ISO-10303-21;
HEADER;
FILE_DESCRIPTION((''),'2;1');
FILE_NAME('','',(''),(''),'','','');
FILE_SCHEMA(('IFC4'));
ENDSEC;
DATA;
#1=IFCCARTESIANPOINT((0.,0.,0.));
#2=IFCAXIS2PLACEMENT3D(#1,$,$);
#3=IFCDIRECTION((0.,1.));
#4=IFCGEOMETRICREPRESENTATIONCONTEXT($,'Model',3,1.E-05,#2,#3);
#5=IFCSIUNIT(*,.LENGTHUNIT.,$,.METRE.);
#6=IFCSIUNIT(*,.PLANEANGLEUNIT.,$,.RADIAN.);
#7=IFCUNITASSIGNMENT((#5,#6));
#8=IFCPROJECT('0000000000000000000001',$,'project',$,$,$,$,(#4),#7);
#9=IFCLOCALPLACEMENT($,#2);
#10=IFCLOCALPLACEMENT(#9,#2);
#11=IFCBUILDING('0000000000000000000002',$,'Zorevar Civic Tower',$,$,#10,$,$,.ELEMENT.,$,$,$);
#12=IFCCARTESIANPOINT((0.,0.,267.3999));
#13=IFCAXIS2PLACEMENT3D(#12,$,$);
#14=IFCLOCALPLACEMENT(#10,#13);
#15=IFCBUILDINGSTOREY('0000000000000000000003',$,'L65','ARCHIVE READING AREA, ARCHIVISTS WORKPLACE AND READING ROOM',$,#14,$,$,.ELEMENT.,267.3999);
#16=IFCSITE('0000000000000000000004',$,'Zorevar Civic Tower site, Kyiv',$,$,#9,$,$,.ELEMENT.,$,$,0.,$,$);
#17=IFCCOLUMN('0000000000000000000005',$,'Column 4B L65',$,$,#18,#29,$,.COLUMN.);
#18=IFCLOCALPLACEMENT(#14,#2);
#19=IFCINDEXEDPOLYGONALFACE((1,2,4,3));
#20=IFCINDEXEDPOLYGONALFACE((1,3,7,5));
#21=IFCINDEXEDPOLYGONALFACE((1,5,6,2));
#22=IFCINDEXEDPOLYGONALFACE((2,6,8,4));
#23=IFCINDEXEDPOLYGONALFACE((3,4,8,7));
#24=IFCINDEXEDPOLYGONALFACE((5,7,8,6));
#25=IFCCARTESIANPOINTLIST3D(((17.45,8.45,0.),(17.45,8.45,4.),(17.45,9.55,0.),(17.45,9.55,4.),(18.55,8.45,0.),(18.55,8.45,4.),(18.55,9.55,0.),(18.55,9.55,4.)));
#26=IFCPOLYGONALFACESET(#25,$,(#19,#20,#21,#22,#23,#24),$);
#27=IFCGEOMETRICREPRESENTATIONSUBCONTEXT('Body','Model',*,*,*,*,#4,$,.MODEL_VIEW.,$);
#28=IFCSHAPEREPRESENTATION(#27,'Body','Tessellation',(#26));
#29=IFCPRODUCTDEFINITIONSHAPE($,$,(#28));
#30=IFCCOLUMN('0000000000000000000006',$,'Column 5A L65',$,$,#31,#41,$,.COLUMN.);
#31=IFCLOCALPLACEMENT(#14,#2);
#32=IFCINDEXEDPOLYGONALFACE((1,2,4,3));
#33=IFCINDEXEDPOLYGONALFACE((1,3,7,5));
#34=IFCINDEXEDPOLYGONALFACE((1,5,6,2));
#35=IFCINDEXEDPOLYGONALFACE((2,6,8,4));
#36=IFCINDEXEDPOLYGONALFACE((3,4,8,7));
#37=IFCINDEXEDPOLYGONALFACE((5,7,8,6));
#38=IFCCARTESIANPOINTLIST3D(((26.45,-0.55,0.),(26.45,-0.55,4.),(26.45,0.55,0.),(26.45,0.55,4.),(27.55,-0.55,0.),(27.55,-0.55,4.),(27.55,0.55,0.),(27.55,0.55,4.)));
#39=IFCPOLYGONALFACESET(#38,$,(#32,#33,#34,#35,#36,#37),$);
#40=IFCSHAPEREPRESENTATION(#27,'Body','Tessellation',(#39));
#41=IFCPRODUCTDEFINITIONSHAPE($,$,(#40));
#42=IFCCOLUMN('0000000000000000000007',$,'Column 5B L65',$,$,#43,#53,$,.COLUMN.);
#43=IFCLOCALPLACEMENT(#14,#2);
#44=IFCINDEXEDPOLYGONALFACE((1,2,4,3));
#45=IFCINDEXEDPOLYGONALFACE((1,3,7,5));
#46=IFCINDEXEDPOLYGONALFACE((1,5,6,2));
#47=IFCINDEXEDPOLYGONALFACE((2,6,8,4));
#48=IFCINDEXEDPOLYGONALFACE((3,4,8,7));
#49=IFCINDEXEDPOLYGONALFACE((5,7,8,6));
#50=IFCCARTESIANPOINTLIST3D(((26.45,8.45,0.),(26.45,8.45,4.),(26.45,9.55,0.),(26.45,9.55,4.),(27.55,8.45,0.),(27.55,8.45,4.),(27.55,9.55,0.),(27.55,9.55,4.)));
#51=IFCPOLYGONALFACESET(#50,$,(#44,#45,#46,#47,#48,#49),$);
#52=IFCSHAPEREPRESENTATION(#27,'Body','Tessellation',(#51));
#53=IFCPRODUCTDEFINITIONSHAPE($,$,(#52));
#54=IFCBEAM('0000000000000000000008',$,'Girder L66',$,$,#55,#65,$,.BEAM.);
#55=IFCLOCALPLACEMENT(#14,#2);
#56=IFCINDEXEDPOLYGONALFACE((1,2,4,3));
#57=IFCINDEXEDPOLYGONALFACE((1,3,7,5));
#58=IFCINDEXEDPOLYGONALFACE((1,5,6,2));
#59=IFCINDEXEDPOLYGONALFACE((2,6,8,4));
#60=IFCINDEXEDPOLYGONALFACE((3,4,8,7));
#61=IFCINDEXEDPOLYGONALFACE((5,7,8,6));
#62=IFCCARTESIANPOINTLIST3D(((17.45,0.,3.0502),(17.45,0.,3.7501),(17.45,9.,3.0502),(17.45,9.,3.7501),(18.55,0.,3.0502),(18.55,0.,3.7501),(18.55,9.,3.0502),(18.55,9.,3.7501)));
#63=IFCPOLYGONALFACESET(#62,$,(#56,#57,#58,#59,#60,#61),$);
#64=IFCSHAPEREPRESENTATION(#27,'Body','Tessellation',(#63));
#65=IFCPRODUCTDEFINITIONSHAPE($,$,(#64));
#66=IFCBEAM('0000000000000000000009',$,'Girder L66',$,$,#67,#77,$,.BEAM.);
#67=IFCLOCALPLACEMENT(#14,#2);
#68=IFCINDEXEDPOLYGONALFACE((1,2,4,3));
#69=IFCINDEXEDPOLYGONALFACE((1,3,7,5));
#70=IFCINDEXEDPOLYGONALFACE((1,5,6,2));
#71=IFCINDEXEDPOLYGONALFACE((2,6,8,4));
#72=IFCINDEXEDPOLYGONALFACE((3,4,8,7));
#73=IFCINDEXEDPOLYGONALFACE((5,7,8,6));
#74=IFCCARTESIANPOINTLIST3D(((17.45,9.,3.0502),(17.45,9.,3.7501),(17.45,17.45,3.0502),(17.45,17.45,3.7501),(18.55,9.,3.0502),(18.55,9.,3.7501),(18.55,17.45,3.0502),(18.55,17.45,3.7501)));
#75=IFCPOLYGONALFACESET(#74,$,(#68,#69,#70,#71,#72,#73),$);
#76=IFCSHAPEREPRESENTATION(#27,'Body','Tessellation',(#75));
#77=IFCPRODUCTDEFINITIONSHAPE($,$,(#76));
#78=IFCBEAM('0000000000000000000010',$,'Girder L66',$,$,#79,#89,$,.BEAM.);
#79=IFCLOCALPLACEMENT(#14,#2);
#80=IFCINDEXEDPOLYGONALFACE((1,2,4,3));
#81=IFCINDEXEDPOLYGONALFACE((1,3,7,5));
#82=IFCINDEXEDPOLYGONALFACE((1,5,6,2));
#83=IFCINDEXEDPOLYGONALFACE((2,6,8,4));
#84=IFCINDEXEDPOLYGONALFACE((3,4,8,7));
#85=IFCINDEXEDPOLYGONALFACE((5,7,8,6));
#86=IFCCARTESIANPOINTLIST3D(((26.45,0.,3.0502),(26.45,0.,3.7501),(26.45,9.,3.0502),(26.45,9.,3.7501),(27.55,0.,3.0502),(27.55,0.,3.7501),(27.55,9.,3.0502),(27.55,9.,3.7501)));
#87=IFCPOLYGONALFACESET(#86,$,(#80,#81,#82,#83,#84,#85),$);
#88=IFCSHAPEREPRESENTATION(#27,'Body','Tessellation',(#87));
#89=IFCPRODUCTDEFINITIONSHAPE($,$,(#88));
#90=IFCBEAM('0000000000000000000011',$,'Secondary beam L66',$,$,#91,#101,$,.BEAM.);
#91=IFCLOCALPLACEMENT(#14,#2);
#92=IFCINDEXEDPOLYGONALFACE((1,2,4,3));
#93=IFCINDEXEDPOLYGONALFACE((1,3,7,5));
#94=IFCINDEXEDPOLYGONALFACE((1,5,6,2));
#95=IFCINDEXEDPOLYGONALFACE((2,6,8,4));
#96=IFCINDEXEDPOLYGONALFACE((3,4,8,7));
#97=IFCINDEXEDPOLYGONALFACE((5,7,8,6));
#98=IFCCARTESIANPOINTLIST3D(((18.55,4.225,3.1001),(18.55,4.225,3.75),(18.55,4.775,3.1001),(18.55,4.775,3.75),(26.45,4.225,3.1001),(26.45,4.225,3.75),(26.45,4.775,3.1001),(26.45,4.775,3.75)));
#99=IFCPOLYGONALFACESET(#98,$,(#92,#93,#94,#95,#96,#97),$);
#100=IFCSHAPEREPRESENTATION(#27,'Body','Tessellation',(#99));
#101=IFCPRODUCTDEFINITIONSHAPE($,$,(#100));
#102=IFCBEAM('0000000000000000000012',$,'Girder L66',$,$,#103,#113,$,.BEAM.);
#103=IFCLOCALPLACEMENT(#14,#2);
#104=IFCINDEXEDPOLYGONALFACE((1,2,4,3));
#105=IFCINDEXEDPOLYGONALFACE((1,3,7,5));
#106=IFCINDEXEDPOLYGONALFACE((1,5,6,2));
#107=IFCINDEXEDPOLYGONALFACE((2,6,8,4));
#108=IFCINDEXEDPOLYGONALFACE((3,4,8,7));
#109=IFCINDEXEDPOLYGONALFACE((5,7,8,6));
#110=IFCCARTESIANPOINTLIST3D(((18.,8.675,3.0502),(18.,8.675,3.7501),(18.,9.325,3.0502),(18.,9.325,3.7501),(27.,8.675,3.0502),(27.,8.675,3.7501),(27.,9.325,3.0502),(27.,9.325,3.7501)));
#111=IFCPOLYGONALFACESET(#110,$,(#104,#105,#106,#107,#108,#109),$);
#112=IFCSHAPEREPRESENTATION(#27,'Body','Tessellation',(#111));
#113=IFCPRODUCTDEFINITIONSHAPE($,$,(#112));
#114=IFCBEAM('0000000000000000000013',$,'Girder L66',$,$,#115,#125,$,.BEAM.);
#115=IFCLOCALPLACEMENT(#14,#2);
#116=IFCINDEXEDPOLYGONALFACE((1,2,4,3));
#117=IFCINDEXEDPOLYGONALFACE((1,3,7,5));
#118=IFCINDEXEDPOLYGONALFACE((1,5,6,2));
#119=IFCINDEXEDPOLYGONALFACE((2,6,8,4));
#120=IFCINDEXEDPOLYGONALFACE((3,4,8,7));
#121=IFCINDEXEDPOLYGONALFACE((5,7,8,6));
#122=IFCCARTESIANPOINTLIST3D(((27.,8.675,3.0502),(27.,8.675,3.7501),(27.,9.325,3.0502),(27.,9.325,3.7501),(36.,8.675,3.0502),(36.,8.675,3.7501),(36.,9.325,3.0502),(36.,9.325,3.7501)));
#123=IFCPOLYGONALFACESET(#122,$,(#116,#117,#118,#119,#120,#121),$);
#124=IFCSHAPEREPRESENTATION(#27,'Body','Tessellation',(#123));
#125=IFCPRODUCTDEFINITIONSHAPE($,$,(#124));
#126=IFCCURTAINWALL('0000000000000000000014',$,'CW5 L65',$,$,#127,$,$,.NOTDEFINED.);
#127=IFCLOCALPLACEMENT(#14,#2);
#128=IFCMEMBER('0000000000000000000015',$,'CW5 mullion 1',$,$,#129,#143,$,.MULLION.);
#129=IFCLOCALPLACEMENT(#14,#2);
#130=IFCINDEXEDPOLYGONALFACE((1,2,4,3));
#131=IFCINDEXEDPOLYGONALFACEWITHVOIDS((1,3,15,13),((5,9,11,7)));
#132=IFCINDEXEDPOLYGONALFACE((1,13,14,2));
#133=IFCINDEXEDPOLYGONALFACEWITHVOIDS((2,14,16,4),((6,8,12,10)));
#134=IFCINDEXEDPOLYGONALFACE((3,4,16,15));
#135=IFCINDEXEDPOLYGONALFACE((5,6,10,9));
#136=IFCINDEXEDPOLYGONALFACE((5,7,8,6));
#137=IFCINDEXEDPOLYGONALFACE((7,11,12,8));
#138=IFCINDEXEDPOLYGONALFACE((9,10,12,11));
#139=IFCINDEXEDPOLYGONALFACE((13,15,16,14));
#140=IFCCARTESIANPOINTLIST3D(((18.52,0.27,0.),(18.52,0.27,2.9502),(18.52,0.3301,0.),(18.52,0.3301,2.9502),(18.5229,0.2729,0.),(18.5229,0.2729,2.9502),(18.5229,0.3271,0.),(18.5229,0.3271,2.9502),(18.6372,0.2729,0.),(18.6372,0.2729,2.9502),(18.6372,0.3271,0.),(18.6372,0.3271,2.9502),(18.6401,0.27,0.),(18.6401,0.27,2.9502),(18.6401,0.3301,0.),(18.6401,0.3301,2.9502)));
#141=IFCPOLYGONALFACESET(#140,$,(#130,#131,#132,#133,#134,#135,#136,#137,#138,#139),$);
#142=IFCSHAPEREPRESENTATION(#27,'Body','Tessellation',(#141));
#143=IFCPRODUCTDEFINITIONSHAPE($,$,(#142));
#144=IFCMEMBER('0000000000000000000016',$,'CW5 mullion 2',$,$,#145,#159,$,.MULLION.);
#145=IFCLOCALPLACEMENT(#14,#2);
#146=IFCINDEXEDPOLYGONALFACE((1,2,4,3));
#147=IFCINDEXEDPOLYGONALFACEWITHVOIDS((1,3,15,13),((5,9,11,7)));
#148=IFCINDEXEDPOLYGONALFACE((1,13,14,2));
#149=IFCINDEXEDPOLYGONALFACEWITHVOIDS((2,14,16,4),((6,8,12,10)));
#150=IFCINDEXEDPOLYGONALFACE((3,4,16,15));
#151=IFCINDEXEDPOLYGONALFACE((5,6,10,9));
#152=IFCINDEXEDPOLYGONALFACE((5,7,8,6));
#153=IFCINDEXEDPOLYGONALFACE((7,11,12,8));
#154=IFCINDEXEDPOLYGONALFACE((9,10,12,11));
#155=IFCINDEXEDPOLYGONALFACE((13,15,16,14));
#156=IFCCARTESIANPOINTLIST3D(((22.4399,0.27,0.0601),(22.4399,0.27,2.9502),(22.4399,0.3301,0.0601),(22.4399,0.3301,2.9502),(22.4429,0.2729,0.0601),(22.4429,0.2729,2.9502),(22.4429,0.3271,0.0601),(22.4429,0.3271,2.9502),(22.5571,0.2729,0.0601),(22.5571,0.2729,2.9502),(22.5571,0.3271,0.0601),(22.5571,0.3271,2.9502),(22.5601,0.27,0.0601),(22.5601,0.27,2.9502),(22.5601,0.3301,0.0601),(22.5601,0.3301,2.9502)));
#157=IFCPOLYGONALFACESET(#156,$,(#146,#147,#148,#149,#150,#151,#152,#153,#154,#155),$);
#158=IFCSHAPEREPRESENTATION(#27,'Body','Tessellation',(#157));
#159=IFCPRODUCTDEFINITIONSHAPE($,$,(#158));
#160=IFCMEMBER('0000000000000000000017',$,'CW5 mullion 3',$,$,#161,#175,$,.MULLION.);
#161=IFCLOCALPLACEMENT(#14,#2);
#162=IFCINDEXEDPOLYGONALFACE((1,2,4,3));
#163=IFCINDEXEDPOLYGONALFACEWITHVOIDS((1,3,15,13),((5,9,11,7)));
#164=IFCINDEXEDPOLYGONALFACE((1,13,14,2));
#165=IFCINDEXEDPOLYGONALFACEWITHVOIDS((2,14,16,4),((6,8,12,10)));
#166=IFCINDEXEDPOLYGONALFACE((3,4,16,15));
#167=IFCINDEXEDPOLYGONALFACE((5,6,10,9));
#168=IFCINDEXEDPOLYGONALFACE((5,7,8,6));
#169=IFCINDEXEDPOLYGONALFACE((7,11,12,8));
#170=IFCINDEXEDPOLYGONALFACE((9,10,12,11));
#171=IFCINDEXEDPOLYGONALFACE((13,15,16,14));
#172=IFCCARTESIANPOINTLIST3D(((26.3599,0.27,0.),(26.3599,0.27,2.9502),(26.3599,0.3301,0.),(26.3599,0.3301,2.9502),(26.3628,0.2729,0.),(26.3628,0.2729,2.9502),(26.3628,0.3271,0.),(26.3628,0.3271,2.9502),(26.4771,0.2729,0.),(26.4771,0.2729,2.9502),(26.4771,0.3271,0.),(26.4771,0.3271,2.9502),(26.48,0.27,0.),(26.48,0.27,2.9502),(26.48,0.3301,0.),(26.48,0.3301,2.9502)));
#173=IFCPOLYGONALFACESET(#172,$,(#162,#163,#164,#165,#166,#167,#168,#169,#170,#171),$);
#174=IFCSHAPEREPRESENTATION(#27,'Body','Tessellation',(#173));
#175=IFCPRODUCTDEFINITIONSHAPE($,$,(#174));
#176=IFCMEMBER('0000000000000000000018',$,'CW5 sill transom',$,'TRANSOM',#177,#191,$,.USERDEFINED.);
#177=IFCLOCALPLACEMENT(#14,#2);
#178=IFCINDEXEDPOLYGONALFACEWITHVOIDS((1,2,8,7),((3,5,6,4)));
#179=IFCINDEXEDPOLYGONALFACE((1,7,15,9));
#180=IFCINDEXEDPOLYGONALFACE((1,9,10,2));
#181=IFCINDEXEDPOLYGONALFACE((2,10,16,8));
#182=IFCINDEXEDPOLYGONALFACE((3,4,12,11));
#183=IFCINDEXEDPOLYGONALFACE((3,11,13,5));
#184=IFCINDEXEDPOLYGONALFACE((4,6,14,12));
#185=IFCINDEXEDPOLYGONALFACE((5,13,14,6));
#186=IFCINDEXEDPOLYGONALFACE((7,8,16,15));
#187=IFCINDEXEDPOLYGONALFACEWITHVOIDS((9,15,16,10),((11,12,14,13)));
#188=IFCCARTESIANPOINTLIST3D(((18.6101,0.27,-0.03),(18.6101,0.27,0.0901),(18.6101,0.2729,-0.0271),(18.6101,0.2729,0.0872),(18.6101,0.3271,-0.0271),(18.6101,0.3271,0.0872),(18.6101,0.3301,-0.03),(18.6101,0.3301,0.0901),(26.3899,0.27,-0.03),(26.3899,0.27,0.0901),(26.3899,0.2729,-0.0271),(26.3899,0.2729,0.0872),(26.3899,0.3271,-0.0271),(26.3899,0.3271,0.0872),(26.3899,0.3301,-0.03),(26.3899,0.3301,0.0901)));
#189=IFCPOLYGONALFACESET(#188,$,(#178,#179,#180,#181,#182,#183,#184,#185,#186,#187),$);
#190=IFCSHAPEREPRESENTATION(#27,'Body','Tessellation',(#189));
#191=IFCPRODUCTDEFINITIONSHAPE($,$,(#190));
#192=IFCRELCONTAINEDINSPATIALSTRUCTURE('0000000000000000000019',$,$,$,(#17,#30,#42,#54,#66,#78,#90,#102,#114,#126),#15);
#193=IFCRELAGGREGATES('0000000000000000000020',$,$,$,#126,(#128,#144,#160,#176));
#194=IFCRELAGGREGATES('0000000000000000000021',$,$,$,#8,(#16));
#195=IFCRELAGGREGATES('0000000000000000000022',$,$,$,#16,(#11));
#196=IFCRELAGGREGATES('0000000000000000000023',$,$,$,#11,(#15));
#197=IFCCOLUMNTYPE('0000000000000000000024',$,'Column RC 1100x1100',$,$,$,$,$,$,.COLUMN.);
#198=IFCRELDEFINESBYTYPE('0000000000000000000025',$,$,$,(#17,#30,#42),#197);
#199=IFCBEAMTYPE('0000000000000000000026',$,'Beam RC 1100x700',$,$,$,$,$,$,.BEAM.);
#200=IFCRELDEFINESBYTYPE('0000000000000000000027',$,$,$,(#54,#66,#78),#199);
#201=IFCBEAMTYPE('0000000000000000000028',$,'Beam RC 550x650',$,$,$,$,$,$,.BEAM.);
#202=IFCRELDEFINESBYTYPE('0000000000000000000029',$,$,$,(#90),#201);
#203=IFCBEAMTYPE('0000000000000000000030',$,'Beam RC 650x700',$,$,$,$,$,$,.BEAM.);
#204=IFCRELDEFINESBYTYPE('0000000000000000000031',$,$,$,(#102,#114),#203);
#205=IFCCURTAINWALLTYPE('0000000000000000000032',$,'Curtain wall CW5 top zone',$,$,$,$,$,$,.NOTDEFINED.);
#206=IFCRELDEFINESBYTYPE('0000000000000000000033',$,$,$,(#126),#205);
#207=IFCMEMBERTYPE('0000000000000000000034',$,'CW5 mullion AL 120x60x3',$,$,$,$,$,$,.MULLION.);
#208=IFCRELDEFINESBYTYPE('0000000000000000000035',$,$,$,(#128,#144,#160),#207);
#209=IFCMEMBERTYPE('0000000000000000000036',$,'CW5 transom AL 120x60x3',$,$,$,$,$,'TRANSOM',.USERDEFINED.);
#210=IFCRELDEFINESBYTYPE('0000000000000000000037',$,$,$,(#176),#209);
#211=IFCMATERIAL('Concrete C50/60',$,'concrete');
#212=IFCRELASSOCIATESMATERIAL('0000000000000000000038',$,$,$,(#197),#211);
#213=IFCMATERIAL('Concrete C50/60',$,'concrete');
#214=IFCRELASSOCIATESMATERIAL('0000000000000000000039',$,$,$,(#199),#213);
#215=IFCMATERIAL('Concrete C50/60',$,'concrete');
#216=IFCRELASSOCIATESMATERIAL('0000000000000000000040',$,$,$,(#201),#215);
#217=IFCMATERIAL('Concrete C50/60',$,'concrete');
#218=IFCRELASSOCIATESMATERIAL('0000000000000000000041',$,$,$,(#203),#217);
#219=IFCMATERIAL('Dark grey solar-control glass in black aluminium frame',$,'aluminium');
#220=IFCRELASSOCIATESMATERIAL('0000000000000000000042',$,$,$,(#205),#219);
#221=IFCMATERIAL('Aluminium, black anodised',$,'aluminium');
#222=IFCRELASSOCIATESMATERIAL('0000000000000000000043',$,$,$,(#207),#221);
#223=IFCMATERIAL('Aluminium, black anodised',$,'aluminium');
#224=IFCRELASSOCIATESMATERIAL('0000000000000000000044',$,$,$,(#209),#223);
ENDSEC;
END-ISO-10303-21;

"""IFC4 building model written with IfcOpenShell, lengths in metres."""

from ifc_helpers import new_model, si_unit, direction, frame, origin, origin_2d, place, context, subcontext, project, spatial, rectangle, hollow_rectangle, extrude, material, material_profile, profile_set, type_object, element, aggregate, save


model = new_model("IFC4")

# Units and contexts
model_context = context("Model", 3, precision=1e-05, world=origin(), true_north=direction((0.0, 1.0)))
body_context = subcontext(model_context, "Body", "Model", "MODEL_VIEW")
ifc_project = project(units=[si_unit("LENGTHUNIT", "METRE"), si_unit("PLANEANGLEUNIT", "RADIAN")], contexts=[model_context])

# Site, building, storey
site_placement = place(None, origin())
site = spatial("IfcSite", under=ifc_project, at=site_placement, Name="Zorevar Civic Tower site, Kyiv", CompositionType="ELEMENT", RefElevation=0.0)
building_placement = place(site_placement, origin())
building = spatial("IfcBuilding", under=site, at=building_placement, Name="Zorevar Civic Tower", CompositionType="ELEMENT")
storey_placement = place(building_placement, frame((0.0, 0.0, 267.3999)))
storey = spatial("IfcBuildingStorey", under=building, at=storey_placement, Name="L65", Description="ARCHIVE READING AREA, ARCHIVISTS WORKPLACE AND READING ROOM", CompositionType="ELEMENT", Elevation=267.3999)

# Columns
ifc_material_1 = material(Name="Concrete C50/60", Category="concrete")
ifc_material_profile_1 = material_profile(ifc_material_1, rectangle(XDim=1.1001, YDim=1.1001, at=origin_2d()), Name="RC 1100x1100")
ifc_profile_set_1 = profile_set([ifc_material_profile_1], Name="Concrete C50/60")
column_type = type_object("IfcColumnType", Name="Column RC 1100x1100", PredefinedType="COLUMN", material=ifc_profile_set_1)
for number, where, z_axis, x_axis, name in (
    (1, (18.0, 9.0, 0.0), (0.0, 0.0, 1.0), (1.0, 0.0, 0.0), "Column 4B L65"),
    (2, (27.0, 0.0, 0.0), (0.0, 0.0, 1.0), (1.0, 0.0, 0.0), "Column 5A L65"),
    (3, (27.0, 9.0, 0.0), (0.0, 0.0, 1.0), (1.0, 0.0, 0.0), "Column 5B L65"),
):
    element("IfcColumn", number, at=place(storey_placement, frame(where, z_axis=z_axis, x_axis=x_axis)), inside=storey, type_object=column_type, Name=name, PredefinedType="COLUMN", context=body_context, shape_type="SweptSolid", body=[
        extrude(rectangle(XDim=1.1001, YDim=1.1001, at=origin_2d()), origin(), (0.0, 0.0, 1.0), 4.0),
    ])

# Beams
ifc_material_2 = material(Name="Concrete C50/60", Category="concrete")
ifc_material_profile_2 = material_profile(ifc_material_2, rectangle(XDim=1.1001, YDim=0.7, at=origin_2d()), Name="RC 1100x700")
ifc_profile_set_2 = profile_set([ifc_material_profile_2], Name="Concrete C50/60")
beam_type_1 = type_object("IfcBeamType", Name="Beam RC 1100x700", PredefinedType="BEAM", material=ifc_profile_set_2)
beam_1_placement = place(storey_placement, frame((18.0, 0.0, 3.4001), z_axis=(0.0, 1.0, 0.0), x_axis=(-1.0, 0.0, 0.0)))
element("IfcBeam", 4, at=beam_1_placement, inside=storey, type_object=beam_type_1, Name="Girder L66", PredefinedType="BEAM", context=body_context, shape_type="SweptSolid", body=[
    extrude(rectangle(XDim=1.1001, YDim=0.7, at=origin_2d()), origin(), (0.0, 0.0, 1.0), 9.0),
])
beam_2_placement = place(storey_placement, frame((18.0, 9.0, 3.4001), z_axis=(0.0, 1.0, 0.0), x_axis=(-1.0, 0.0, 0.0)))
element("IfcBeam", 5, at=beam_2_placement, inside=storey, type_object=beam_type_1, Name="Girder L66", PredefinedType="BEAM", context=body_context, shape_type="SweptSolid", body=[
    extrude(rectangle(XDim=1.1001, YDim=0.7, at=origin_2d()), origin(), (0.0, 0.0, 1.0), 8.45),
])
beam_3_placement = place(storey_placement, frame((27.0, 0.0, 3.4001), z_axis=(0.0, 1.0, 0.0), x_axis=(-1.0, 0.0, 0.0)))
element("IfcBeam", 6, at=beam_3_placement, inside=storey, type_object=beam_type_1, Name="Girder L66", PredefinedType="BEAM", context=body_context, shape_type="SweptSolid", body=[
    extrude(rectangle(XDim=1.1001, YDim=0.7, at=origin_2d()), origin(), (0.0, 0.0, 1.0), 9.0),
])
ifc_material_3 = material(Name="Concrete C50/60", Category="concrete")
ifc_material_profile_3 = material_profile(ifc_material_3, rectangle(XDim=0.55, YDim=0.6499, at=origin_2d()), Name="RC 550x650")
ifc_profile_set_3 = profile_set([ifc_material_profile_3], Name="Concrete C50/60")
beam_type_2 = type_object("IfcBeamType", Name="Beam RC 550x650", PredefinedType="BEAM", material=ifc_profile_set_3)
beam_4_placement = place(storey_placement, frame((18.55, 4.5, 3.425), z_axis=(1.0, 0.0, 0.0), x_axis=(0.0, 1.0, 0.0)))
element("IfcBeam", 7, at=beam_4_placement, inside=storey, type_object=beam_type_2, Name="Secondary beam L66", PredefinedType="BEAM", context=body_context, shape_type="SweptSolid", body=[
    extrude(rectangle(XDim=0.55, YDim=0.6499, at=origin_2d()), origin(), (0.0, 0.0, 1.0), 7.8999),
])
ifc_material_4 = material(Name="Concrete C50/60", Category="concrete")
ifc_material_profile_4 = material_profile(ifc_material_4, rectangle(XDim=0.6499, YDim=0.7, at=origin_2d()), Name="RC 650x700")
ifc_profile_set_4 = profile_set([ifc_material_profile_4], Name="Concrete C50/60")
beam_type_3 = type_object("IfcBeamType", Name="Beam RC 650x700", PredefinedType="BEAM", material=ifc_profile_set_4)
for number, where, z_axis, x_axis, name in (
    (8, (18.0, 9.0, 3.4001), (1.0, 0.0, 0.0), (0.0, 1.0, 0.0), "Girder L66"),
    (9, (27.0, 9.0, 3.4001), (1.0, 0.0, 0.0), (0.0, 1.0, 0.0), "Girder L66"),
):
    element("IfcBeam", number, at=place(storey_placement, frame(where, z_axis=z_axis, x_axis=x_axis)), inside=storey, type_object=beam_type_3, Name=name, PredefinedType="BEAM", context=body_context, shape_type="SweptSolid", body=[
        extrude(rectangle(XDim=0.6499, YDim=0.7, at=origin_2d()), origin(), (0.0, 0.0, 1.0), 9.0),
    ])

# Curtain wall, members
ifc_material_5 = material(Name="Dark grey solar-control glass in black aluminium frame", Category="aluminium")
curtain_wall_type = type_object("IfcCurtainWallType", Name="Curtain wall CW5 top zone", PredefinedType="NOTDEFINED", material=ifc_material_5)
curtain_wall_placement = place(storey_placement, origin())
curtain_wall = element("IfcCurtainWall", 10, at=curtain_wall_placement, inside=storey, type_object=curtain_wall_type, Name="CW5 L65", PredefinedType="NOTDEFINED")
ifc_material_6 = material(Name="Aluminium, black anodised", Category="aluminium")
ifc_material_profile_5 = material_profile(ifc_material_6, hollow_rectangle(XDim=0.0601, YDim=0.1201, WallThickness=0.0029, at=origin_2d()), Name="AL 120x60x3")
ifc_profile_set_5 = profile_set([ifc_material_profile_5], Name="Aluminium, black anodised")
member_type_1 = type_object("IfcMemberType", Name="CW5 mullion AL 120x60x3", PredefinedType="MULLION", material=ifc_profile_set_5)
member_1_placement = place(storey_placement, frame((18.5801, 0.3, 0.0), z_axis=(0.0, 0.0, 1.0), x_axis=(0.0, 1.0, 0.0)))
member_1 = element("IfcMember", 11, at=member_1_placement, type_object=member_type_1, Name="CW5 mullion 1", PredefinedType="MULLION", context=body_context, shape_type="SweptSolid", body=[
    extrude(hollow_rectangle(XDim=0.0601, YDim=0.1201, WallThickness=0.0029, at=origin_2d()), origin(), (0.0, 0.0, 1.0), 2.9502),
])
member_2_placement = place(storey_placement, frame((22.5, 0.3, 0.0601), z_axis=(0.0, 0.0, 1.0), x_axis=(0.0, 1.0, 0.0)))
member_2 = element("IfcMember", 12, at=member_2_placement, type_object=member_type_1, Name="CW5 mullion 2", PredefinedType="MULLION", context=body_context, shape_type="SweptSolid", body=[
    extrude(hollow_rectangle(XDim=0.0601, YDim=0.1201, WallThickness=0.0029, at=origin_2d()), origin(), (0.0, 0.0, 1.0), 2.8901),
])
member_3_placement = place(storey_placement, frame((26.4199, 0.3, 0.0), z_axis=(0.0, 0.0, 1.0), x_axis=(0.0, 1.0, 0.0)))
member_3 = element("IfcMember", 13, at=member_3_placement, type_object=member_type_1, Name="CW5 mullion 3", PredefinedType="MULLION", context=body_context, shape_type="SweptSolid", body=[
    extrude(hollow_rectangle(XDim=0.0601, YDim=0.1201, WallThickness=0.0029, at=origin_2d()), origin(), (0.0, 0.0, 1.0), 2.9502),
])
ifc_material_7 = material(Name="Aluminium, black anodised", Category="aluminium")
ifc_material_profile_6 = material_profile(ifc_material_7, hollow_rectangle(XDim=0.0601, YDim=0.1201, WallThickness=0.0029, at=origin_2d()), Name="AL 120x60x3")
ifc_profile_set_6 = profile_set([ifc_material_profile_6], Name="Aluminium, black anodised")
member_type_2 = type_object("IfcMemberType", Name="CW5 transom AL 120x60x3", ElementType="TRANSOM", PredefinedType="USERDEFINED", material=ifc_profile_set_6)
member_4_placement = place(storey_placement, frame((18.6101, 0.3, 0.03), z_axis=(1.0, 0.0, 0.0), x_axis=(0.0, 1.0, 0.0)))
member_4 = element("IfcMember", 14, at=member_4_placement, type_object=member_type_2, Name="CW5 sill transom", ObjectType="TRANSOM", PredefinedType="USERDEFINED", context=body_context, shape_type="SweptSolid", body=[
    extrude(hollow_rectangle(XDim=0.0601, YDim=0.1201, WallThickness=0.0029, at=origin_2d()), origin(), (0.0, 0.0, 1.0), 7.7798),
])

aggregate(curtain_wall, [member_1, member_2, member_3, member_4])

save(model, "model.ifc")
